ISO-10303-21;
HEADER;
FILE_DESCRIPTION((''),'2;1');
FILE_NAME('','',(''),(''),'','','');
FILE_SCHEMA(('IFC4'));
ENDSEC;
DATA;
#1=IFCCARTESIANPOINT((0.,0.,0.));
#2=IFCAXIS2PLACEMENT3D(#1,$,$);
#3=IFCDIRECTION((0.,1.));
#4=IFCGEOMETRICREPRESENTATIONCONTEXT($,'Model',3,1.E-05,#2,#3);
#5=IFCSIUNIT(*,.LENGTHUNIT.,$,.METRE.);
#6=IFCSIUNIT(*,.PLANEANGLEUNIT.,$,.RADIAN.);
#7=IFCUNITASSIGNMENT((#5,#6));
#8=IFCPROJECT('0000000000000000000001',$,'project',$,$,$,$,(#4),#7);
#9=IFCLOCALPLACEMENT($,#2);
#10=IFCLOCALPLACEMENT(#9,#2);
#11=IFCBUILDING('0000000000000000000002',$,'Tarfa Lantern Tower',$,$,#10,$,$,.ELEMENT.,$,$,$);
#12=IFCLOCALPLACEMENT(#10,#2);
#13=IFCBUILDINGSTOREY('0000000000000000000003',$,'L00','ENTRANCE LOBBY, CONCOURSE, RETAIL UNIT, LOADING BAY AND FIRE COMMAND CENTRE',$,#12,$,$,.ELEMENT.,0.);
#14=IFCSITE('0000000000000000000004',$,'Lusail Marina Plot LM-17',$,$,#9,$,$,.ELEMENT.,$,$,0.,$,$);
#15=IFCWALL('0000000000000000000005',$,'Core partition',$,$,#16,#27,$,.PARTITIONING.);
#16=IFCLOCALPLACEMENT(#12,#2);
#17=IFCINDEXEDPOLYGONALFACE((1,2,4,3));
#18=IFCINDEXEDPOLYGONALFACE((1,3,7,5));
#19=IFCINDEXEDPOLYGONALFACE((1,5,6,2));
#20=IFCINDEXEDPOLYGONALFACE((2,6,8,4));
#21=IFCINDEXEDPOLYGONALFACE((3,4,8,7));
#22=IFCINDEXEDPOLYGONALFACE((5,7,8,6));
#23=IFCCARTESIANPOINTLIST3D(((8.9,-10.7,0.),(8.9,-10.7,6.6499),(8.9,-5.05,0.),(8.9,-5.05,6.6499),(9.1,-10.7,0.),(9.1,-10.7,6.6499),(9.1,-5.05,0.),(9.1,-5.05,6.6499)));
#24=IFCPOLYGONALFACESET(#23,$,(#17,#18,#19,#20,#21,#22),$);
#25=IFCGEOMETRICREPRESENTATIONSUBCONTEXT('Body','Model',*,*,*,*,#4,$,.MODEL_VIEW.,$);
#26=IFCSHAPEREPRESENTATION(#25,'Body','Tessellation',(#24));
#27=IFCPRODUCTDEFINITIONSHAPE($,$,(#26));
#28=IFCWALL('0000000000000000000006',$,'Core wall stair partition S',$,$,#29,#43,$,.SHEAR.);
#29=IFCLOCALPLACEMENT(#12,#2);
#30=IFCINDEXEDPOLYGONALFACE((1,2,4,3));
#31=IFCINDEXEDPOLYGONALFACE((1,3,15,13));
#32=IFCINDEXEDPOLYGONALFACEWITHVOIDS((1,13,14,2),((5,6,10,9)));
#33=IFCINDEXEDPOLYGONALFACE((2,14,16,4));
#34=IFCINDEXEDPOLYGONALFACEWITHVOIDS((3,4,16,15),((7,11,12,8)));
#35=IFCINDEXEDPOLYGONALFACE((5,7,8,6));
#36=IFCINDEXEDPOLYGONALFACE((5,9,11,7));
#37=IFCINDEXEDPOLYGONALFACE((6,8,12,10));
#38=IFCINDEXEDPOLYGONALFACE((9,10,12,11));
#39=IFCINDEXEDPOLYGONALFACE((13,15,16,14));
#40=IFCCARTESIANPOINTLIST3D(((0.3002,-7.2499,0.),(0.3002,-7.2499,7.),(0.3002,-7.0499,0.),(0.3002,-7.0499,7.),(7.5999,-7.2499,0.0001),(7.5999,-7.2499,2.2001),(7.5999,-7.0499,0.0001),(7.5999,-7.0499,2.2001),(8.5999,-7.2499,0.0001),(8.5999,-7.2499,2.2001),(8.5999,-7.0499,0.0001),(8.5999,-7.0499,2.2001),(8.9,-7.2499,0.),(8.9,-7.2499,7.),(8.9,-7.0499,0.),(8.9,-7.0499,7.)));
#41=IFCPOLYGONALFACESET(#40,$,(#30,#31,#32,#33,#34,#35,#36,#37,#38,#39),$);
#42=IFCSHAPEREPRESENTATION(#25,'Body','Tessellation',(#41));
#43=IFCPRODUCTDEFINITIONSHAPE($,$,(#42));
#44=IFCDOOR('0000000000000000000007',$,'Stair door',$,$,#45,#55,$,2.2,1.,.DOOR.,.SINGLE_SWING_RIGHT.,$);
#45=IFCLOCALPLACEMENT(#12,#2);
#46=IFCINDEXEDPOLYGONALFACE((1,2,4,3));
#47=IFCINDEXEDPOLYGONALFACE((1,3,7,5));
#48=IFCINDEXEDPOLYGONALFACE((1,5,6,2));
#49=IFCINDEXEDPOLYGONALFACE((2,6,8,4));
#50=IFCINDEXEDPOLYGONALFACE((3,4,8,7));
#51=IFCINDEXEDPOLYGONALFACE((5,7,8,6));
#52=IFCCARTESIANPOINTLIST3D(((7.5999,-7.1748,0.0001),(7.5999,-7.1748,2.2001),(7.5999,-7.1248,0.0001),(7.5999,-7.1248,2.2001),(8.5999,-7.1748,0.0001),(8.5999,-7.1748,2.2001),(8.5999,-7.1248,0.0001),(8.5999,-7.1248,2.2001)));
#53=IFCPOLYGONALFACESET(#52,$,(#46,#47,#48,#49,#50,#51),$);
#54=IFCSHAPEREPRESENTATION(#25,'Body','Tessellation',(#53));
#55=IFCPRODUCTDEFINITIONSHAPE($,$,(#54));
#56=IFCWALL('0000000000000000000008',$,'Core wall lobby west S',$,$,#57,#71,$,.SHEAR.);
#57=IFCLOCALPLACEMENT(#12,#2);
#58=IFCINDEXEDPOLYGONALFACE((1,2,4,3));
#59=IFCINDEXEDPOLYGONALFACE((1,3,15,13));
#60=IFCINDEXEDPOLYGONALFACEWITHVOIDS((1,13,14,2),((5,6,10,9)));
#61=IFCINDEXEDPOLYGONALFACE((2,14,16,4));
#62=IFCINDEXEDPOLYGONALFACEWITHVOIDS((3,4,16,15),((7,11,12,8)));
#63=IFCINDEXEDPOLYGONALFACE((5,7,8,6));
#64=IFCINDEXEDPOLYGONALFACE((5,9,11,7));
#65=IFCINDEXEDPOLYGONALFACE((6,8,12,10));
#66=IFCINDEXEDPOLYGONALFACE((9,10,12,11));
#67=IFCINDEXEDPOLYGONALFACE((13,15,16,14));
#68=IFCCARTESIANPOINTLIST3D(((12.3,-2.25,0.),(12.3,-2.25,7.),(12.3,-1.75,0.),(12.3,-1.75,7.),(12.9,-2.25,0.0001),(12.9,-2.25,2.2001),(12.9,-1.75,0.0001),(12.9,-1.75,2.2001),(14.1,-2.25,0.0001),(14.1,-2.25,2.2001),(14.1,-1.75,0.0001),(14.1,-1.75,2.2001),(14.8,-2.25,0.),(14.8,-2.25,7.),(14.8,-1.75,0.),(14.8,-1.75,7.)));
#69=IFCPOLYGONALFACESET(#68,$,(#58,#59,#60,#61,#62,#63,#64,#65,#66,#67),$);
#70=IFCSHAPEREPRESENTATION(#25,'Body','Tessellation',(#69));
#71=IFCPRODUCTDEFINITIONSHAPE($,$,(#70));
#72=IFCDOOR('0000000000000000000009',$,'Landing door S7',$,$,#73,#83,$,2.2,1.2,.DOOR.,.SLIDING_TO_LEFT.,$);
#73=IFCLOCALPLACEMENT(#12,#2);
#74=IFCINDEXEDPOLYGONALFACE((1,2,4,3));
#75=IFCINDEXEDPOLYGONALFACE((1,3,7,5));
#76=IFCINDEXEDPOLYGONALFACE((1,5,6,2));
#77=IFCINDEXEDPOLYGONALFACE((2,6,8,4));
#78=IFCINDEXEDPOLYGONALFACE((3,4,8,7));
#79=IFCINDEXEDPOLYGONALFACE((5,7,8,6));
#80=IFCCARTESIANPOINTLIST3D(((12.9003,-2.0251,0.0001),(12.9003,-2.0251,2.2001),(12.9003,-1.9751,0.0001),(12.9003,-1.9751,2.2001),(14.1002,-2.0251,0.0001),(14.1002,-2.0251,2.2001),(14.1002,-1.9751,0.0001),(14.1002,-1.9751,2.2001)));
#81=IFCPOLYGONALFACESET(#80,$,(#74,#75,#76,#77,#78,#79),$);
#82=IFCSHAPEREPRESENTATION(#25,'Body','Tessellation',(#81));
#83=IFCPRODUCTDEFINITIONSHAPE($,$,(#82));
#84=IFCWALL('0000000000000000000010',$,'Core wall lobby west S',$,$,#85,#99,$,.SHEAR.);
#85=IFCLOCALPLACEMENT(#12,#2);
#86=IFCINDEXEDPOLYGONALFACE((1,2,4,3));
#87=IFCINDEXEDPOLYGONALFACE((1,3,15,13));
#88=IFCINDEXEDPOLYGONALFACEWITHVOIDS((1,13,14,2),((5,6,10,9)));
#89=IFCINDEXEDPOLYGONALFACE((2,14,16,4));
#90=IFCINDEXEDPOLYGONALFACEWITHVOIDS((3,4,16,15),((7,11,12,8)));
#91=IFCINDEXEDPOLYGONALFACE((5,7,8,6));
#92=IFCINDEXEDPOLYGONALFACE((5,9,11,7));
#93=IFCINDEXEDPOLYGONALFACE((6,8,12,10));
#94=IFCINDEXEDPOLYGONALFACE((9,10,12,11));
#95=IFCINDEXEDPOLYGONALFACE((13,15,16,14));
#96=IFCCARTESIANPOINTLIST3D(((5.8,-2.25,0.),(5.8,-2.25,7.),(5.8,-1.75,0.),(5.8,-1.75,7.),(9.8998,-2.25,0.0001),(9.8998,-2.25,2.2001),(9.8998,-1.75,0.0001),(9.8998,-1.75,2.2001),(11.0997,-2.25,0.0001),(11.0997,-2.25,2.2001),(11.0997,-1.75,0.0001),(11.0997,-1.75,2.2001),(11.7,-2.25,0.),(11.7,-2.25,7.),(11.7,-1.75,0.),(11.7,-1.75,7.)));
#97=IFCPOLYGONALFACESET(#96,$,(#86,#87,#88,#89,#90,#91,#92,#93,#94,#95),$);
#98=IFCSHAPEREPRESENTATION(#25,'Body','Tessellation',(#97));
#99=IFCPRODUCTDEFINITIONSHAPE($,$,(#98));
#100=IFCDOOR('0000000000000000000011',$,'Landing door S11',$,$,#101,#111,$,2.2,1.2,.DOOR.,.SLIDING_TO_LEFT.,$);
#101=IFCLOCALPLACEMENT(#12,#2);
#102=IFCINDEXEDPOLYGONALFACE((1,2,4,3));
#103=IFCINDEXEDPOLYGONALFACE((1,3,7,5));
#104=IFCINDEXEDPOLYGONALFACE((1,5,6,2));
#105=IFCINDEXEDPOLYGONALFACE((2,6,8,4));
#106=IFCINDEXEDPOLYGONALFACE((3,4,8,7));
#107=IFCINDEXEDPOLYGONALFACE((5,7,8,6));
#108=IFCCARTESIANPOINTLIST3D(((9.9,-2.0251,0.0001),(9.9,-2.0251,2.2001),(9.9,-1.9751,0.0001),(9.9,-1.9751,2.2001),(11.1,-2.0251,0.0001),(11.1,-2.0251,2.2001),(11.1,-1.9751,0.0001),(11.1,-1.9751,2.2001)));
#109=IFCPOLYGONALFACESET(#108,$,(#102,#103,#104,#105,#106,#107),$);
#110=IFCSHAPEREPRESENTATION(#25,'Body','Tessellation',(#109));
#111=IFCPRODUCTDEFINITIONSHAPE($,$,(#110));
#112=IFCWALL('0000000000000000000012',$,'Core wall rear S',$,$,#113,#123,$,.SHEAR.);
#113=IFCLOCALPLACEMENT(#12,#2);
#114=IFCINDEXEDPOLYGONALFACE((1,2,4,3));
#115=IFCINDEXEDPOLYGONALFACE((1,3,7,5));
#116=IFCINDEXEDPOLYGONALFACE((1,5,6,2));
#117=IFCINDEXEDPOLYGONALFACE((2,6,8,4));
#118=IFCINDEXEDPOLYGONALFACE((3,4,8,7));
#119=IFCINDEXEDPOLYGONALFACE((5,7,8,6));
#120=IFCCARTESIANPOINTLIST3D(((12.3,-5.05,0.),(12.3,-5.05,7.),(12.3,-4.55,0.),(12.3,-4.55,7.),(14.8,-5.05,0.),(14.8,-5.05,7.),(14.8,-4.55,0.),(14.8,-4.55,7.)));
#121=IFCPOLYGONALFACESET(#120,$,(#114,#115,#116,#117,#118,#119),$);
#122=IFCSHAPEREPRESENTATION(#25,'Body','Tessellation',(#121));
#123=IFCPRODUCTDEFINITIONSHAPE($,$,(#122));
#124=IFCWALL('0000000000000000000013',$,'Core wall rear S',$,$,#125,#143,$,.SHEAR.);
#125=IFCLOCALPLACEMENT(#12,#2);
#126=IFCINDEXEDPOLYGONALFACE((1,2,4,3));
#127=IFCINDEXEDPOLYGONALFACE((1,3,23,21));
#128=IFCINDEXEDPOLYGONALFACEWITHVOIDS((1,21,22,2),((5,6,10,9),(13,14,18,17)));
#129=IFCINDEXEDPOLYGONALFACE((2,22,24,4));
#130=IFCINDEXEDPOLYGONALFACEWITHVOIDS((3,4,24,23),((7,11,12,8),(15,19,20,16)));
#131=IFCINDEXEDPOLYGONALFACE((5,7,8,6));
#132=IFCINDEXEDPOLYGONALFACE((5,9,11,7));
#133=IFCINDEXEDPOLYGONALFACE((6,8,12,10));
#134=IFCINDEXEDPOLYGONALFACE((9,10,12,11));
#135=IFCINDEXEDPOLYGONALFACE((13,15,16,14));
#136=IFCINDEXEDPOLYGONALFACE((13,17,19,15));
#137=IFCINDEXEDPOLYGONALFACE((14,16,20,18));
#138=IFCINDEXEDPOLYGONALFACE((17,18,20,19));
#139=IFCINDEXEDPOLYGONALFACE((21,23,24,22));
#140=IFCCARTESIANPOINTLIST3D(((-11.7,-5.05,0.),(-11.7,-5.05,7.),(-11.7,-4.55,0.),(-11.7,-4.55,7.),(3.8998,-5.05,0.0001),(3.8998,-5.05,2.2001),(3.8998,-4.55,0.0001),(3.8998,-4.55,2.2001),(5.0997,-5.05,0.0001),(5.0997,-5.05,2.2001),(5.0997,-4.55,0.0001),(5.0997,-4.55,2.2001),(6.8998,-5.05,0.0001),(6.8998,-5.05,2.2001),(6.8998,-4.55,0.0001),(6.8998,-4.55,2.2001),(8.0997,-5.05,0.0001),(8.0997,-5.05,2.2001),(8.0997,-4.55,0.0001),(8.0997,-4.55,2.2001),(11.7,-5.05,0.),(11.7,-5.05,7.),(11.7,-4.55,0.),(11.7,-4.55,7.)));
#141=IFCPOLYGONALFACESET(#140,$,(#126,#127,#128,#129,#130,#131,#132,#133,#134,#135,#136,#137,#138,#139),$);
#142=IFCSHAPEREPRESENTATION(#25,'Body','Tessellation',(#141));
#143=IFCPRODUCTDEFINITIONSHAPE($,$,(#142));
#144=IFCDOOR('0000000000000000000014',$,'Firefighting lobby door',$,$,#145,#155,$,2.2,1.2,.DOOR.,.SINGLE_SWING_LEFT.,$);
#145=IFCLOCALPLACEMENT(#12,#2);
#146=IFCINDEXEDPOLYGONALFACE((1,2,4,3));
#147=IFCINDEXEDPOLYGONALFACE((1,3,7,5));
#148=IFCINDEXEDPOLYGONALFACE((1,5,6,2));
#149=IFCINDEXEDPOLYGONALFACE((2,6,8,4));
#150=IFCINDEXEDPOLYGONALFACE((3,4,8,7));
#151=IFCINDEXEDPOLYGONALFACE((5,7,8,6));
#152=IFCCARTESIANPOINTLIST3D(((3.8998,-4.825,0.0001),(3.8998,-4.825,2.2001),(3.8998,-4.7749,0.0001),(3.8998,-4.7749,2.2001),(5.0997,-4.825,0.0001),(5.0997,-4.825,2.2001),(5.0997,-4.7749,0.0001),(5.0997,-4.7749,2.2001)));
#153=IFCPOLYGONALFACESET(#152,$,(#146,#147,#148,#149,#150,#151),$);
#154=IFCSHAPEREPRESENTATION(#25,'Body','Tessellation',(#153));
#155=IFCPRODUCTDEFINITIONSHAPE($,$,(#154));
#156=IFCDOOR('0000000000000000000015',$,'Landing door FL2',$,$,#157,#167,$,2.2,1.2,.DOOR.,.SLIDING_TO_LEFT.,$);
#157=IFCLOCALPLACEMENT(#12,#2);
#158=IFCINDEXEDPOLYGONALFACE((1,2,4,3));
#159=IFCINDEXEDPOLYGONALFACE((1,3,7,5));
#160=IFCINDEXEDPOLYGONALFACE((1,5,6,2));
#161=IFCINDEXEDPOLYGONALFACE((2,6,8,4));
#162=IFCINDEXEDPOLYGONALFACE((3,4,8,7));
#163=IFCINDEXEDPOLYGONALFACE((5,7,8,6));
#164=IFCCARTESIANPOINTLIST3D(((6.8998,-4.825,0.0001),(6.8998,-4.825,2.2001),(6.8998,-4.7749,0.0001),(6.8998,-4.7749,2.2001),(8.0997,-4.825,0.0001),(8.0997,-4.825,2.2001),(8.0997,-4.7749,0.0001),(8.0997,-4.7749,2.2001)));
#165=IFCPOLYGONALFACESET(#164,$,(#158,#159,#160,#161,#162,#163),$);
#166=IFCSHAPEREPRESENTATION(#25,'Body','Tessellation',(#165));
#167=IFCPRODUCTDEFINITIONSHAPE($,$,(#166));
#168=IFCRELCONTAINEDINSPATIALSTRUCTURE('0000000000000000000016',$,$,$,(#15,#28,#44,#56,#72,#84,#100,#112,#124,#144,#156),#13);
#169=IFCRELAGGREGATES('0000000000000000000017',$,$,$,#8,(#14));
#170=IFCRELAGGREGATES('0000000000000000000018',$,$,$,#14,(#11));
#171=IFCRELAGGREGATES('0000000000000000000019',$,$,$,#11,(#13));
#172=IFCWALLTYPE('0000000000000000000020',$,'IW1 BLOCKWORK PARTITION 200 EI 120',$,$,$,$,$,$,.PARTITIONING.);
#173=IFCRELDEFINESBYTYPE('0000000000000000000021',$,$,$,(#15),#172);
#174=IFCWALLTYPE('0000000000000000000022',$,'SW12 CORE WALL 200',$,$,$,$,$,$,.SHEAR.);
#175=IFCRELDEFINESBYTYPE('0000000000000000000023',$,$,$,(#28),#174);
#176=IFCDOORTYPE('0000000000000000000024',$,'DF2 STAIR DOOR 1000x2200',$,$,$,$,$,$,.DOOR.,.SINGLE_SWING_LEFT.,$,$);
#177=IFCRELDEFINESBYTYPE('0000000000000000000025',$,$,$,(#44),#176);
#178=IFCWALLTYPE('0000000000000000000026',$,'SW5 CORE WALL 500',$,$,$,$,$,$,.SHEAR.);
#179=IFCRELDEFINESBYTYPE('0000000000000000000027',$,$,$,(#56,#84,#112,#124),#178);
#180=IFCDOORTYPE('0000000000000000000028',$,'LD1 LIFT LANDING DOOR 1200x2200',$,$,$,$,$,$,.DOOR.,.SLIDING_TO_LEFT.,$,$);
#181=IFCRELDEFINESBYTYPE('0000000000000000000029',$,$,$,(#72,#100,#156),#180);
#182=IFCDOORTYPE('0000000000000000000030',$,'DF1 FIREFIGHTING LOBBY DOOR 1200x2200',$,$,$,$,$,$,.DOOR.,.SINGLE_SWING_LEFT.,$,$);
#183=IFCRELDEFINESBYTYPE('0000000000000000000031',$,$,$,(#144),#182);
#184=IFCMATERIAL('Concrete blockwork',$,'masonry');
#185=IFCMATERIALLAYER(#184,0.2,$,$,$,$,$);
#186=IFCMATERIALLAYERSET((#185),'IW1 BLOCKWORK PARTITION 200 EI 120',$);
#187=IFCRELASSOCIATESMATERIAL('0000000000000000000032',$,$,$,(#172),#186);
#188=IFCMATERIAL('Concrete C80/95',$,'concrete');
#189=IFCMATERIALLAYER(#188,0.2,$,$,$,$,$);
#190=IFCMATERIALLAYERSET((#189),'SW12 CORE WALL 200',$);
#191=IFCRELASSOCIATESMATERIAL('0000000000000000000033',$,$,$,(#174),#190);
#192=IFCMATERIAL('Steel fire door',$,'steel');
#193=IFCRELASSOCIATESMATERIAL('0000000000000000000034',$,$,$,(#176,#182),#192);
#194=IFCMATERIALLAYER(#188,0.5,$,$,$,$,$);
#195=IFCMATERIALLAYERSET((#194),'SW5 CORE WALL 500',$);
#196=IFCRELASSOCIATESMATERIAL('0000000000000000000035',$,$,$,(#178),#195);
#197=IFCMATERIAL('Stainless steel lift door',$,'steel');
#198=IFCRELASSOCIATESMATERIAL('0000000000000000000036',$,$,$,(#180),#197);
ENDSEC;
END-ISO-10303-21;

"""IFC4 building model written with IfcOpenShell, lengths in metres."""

from ifc_helpers import new_model, si_unit, direction, frame, frame_2d, origin, place, context, subcontext, project, spatial, rectangle, extrude, material, layer, layer_set, type_object, element, fill, save


model = new_model("IFC4")

# Units and contexts
model_context = context("Model", 3, precision=1e-05, world=origin(), true_north=direction((0.0, 1.0)))
body_context = subcontext(model_context, "Body", "Model", "MODEL_VIEW")
ifc_project = project(units=[si_unit("LENGTHUNIT", "METRE"), si_unit("PLANEANGLEUNIT", "RADIAN")], contexts=[model_context])

# Site, building, storey
site_placement = place(None, origin())
site = spatial("IfcSite", under=ifc_project, at=site_placement, Name="Lusail Marina Plot LM-17", CompositionType="ELEMENT", RefElevation=0.0)
building_placement = place(site_placement, origin())
building = spatial("IfcBuilding", under=site, at=building_placement, Name="Tarfa Lantern Tower", CompositionType="ELEMENT")
storey_placement = place(building_placement, origin())
storey = spatial("IfcBuildingStorey", under=building, at=storey_placement, Name="L00", Description="ENTRANCE LOBBY, CONCOURSE, RETAIL UNIT, LOADING BAY AND FIRE COMMAND CENTRE", CompositionType="ELEMENT", Elevation=0.0)

# Wall
ifc_material_1 = material(Name="Concrete blockwork", Category="masonry")
ifc_layer_1 = layer(ifc_material_1, 0.2)
ifc_layer_set_1 = layer_set([ifc_layer_1], Name="IW1 BLOCKWORK PARTITION 200 EI 120")
wall_type_1 = type_object("IfcWallType", Name="IW1 BLOCKWORK PARTITION 200 EI 120", PredefinedType="PARTITIONING", material=ifc_layer_set_1)
wall_1_placement = place(storey_placement, frame((9.0, -5.05, 0.0), z_axis=(0.0, 0.0, 1.0), x_axis=(0.0, -1.0, 0.0)))
element("IfcWall", 1, at=wall_1_placement, inside=storey, type_object=wall_type_1, Name="Core partition", PredefinedType="PARTITIONING", context=body_context, shape_type="SweptSolid", body=[
    extrude(rectangle(XDim=5.6499, YDim=0.2, at=frame_2d((2.825, 0.0))), origin(), (0.0, 0.0, 1.0), 6.6499),
])

# Walls, openings, doors
ifc_material_2 = material(Name="Concrete C80/95", Category="concrete")
ifc_layer_2 = layer(ifc_material_2, 0.2)
ifc_layer_set_2 = layer_set([ifc_layer_2], Name="SW12 CORE WALL 200")
wall_type_2 = type_object("IfcWallType", Name="SW12 CORE WALL 200", PredefinedType="SHEAR", material=ifc_layer_set_2)
wall_2_placement = place(storey_placement, frame((8.8999, -7.1499, 0.0), z_axis=(0.0, 0.0, 1.0), x_axis=(-1.0, 0.0, 0.0)))
wall_2 = element("IfcWall", 2, at=wall_2_placement, inside=storey, type_object=wall_type_2, Name="Core wall stair partition S", PredefinedType="SHEAR", context=body_context, shape_type="SweptSolid", body=[
    extrude(rectangle(XDim=8.5999, YDim=0.2, at=frame_2d((4.2998, 0.0))), origin(), (0.0, 0.0, 1.0), 7.0),
])
opening_1_placement = place(wall_2_placement, frame((0.3, 0.0, 0.0)))
opening_1 = element("IfcOpeningElement", 3, at=opening_1_placement, cuts=wall_2, PredefinedType="OPENING", context=body_context, shape_type="SweptSolid", body=[
    extrude(rectangle(XDim=1.0, YDim=2.2, at=frame_2d((0.5, 1.1001))), frame((0.0, 0.1099, 0.0), z_axis=(0.0, -1.0, 0.0), x_axis=(1.0, 0.0, 0.0)), (0.0, 0.0, 1.0), 0.22),
])
ifc_material_3 = material(Name="Steel fire door", Category="steel")
door_type_1 = type_object("IfcDoorType", Name="DF2 STAIR DOOR 1000x2200", OperationType="SINGLE_SWING_LEFT", PredefinedType="DOOR", material=ifc_material_3)
door_1_placement = place(opening_1_placement, origin())
door_1 = element("IfcDoor", 4, at=door_1_placement, inside=storey, type_object=door_type_1, Name="Stair door", OperationType="SINGLE_SWING_RIGHT", OverallHeight=2.2, OverallWidth=1.0, PredefinedType="DOOR", context=body_context, shape_type="SweptSolid", body=[
    extrude(rectangle(XDim=1.0, YDim=2.2, at=frame_2d((0.5, 1.1001))), frame((0.0, 0.0249, 0.0), z_axis=(0.0, -1.0, 0.0), x_axis=(1.0, 0.0, 0.0)), (0.0, 0.0, 1.0), 0.05),
])
fill(opening_1, door_1)
ifc_layer_3 = layer(ifc_material_2, 0.5)
ifc_layer_set_3 = layer_set([ifc_layer_3], Name="SW5 CORE WALL 500")
wall_type_3 = type_object("IfcWallType", Name="SW5 CORE WALL 500", PredefinedType="SHEAR", material=ifc_layer_set_3)
wall_3_placement = place(storey_placement, frame((14.8, -2.0, 0.0), z_axis=(0.0, 0.0, 1.0), x_axis=(-1.0, 0.0, 0.0)))
wall_3 = element("IfcWall", 5, at=wall_3_placement, inside=storey, type_object=wall_type_3, Name="Core wall lobby west S", PredefinedType="SHEAR", context=body_context, shape_type="SweptSolid", body=[
    extrude(rectangle(XDim=2.5, YDim=0.5, at=frame_2d((1.25, 0.0))), origin(), (0.0, 0.0, 1.0), 7.0),
])
opening_2_placement = place(wall_3_placement, frame((0.7, 0.0, 0.0)))
opening_2 = element("IfcOpeningElement", 6, at=opening_2_placement, cuts=wall_3, PredefinedType="OPENING", context=body_context, shape_type="SweptSolid", body=[
    extrude(rectangle(XDim=1.2, YDim=2.2, at=frame_2d((0.6001, 1.1001))), frame((0.0, 0.26, 0.0), z_axis=(0.0, -1.0, 0.0), x_axis=(1.0, 0.0, 0.0)), (0.0, 0.0, 1.0), 0.52),
])
ifc_material_4 = material(Name="Stainless steel lift door", Category="steel")
door_type_2 = type_object("IfcDoorType", Name="LD1 LIFT LANDING DOOR 1200x2200", OperationType="SLIDING_TO_LEFT", PredefinedType="DOOR", material=ifc_material_4)
door_2_placement = place(opening_2_placement, frame((1.2, 0.0, 0.0), z_axis=(0.0, 0.0, 1.0), x_axis=(-1.0, 0.0, 0.0)))
door_2 = element("IfcDoor", 7, at=door_2_placement, inside=storey, type_object=door_type_2, Name="Landing door S7", OperationType="SLIDING_TO_LEFT", OverallHeight=2.2, OverallWidth=1.2, PredefinedType="DOOR", context=body_context, shape_type="SweptSolid", body=[
    extrude(rectangle(XDim=1.2, YDim=2.2, at=frame_2d((0.6001, 1.1001))), frame((0.0, 0.0249, 0.0), z_axis=(0.0, -1.0, 0.0), x_axis=(1.0, 0.0, 0.0)), (0.0, 0.0, 1.0), 0.05),
])
fill(opening_2, door_2)
wall_4_placement = place(storey_placement, frame((11.7, -2.0, 0.0), z_axis=(0.0, 0.0, 1.0), x_axis=(-1.0, 0.0, 0.0)))
wall_4 = element("IfcWall", 8, at=wall_4_placement, inside=storey, type_object=wall_type_3, Name="Core wall lobby west S", PredefinedType="SHEAR", context=body_context, shape_type="SweptSolid", body=[
    extrude(rectangle(XDim=5.8999, YDim=0.5, at=frame_2d((2.95, 0.0))), origin(), (0.0, 0.0, 1.0), 7.0),
])
opening_3_placement = place(wall_4_placement, frame((0.6001, 0.0, 0.0)))
opening_3 = element("IfcOpeningElement", 9, at=opening_3_placement, cuts=wall_4, PredefinedType="OPENING", context=body_context, shape_type="SweptSolid", body=[
    extrude(rectangle(XDim=1.2, YDim=2.2, at=frame_2d((0.6001, 1.1001))), frame((0.0, 0.26, 0.0), z_axis=(0.0, -1.0, 0.0), x_axis=(1.0, 0.0, 0.0)), (0.0, 0.0, 1.0), 0.52),
])
door_3_placement = place(opening_3_placement, frame((1.2, 0.0, 0.0), z_axis=(0.0, 0.0, 1.0), x_axis=(-1.0, 0.0, 0.0)))
door_3 = element("IfcDoor", 10, at=door_3_placement, inside=storey, type_object=door_type_2, Name="Landing door S11", OperationType="SLIDING_TO_LEFT", OverallHeight=2.2, OverallWidth=1.2, PredefinedType="DOOR", context=body_context, shape_type="SweptSolid", body=[
    extrude(rectangle(XDim=1.2, YDim=2.2, at=frame_2d((0.6001, 1.1001))), frame((0.0, 0.0249, 0.0), z_axis=(0.0, -1.0, 0.0), x_axis=(1.0, 0.0, 0.0)), (0.0, 0.0, 1.0), 0.05),
])
fill(opening_3, door_3)

# Wall
wall_5_placement = place(storey_placement, frame((14.8, -4.8, 0.0), z_axis=(0.0, 0.0, 1.0), x_axis=(-1.0, 0.0, 0.0)))
element("IfcWall", 11, at=wall_5_placement, inside=storey, type_object=wall_type_3, Name="Core wall rear S", PredefinedType="SHEAR", context=body_context, shape_type="SweptSolid", body=[
    extrude(rectangle(XDim=2.5, YDim=0.5, at=frame_2d((1.25, 0.0))), origin(), (0.0, 0.0, 1.0), 7.0),
])

# Wall, openings, doors
wall_6_placement = place(storey_placement, frame((11.7, -4.8, 0.0), z_axis=(0.0, 0.0, 1.0), x_axis=(-1.0, 0.0, 0.0)))
wall_6 = element("IfcWall", 12, at=wall_6_placement, inside=storey, type_object=wall_type_3, Name="Core wall rear S", PredefinedType="SHEAR", context=body_context, shape_type="SweptSolid", body=[
    extrude(rectangle(XDim=23.3999, YDim=0.5, at=frame_2d((11.7, 0.0))), origin(), (0.0, 0.0, 1.0), 7.0),
])
opening_4_placement = place(wall_6_placement, frame((6.6001, 0.0, 0.0)))
opening_4 = element("IfcOpeningElement", 13, at=opening_4_placement, cuts=wall_6, PredefinedType="OPENING", context=body_context, shape_type="SweptSolid", body=[
    extrude(rectangle(XDim=1.2, YDim=2.2, at=frame_2d((0.6001, 1.1001))), frame((0.0, 0.26, 0.0), z_axis=(0.0, -1.0, 0.0), x_axis=(1.0, 0.0, 0.0)), (0.0, 0.0, 1.0), 0.52),
])
opening_5_placement = place(wall_6_placement, frame((3.6001, 0.0, 0.0)))
opening_5 = element("IfcOpeningElement", 14, at=opening_5_placement, cuts=wall_6, PredefinedType="OPENING", context=body_context, shape_type="SweptSolid", body=[
    extrude(rectangle(XDim=1.2, YDim=2.2, at=frame_2d((0.6001, 1.1001))), frame((0.0, 0.26, 0.0), z_axis=(0.0, -1.0, 0.0), x_axis=(1.0, 0.0, 0.0)), (0.0, 0.0, 1.0), 0.52),
])
door_type_3 = type_object("IfcDoorType", Name="DF1 FIREFIGHTING LOBBY DOOR 1200x2200", OperationType="SINGLE_SWING_LEFT", PredefinedType="DOOR", material=ifc_material_3)
door_4_placement = place(opening_4_placement, origin())
door_4 = element("IfcDoor", 15, at=door_4_placement, inside=storey, type_object=door_type_3, Name="Firefighting lobby door", OperationType="SINGLE_SWING_LEFT", OverallHeight=2.2, OverallWidth=1.2, PredefinedType="DOOR", context=body_context, shape_type="SweptSolid", body=[
    extrude(rectangle(XDim=1.2, YDim=2.2, at=frame_2d((0.6001, 1.1001))), frame((0.0, 0.0249, 0.0), z_axis=(0.0, -1.0, 0.0), x_axis=(1.0, 0.0, 0.0)), (0.0, 0.0, 1.0), 0.05),
])
fill(opening_4, door_4)
door_5_placement = place(opening_5_placement, origin())
door_5 = element("IfcDoor", 16, at=door_5_placement, inside=storey, type_object=door_type_2, Name="Landing door FL2", OperationType="SLIDING_TO_LEFT", OverallHeight=2.2, OverallWidth=1.2, PredefinedType="DOOR", context=body_context, shape_type="SweptSolid", body=[
    extrude(rectangle(XDim=1.2, YDim=2.2, at=frame_2d((0.6001, 1.1001))), frame((0.0, 0.0249, 0.0), z_axis=(0.0, -1.0, 0.0), x_axis=(1.0, 0.0, 0.0)), (0.0, 0.0, 1.0), 0.05),
])
fill(opening_5, door_5)

save(model, "model.ifc")
